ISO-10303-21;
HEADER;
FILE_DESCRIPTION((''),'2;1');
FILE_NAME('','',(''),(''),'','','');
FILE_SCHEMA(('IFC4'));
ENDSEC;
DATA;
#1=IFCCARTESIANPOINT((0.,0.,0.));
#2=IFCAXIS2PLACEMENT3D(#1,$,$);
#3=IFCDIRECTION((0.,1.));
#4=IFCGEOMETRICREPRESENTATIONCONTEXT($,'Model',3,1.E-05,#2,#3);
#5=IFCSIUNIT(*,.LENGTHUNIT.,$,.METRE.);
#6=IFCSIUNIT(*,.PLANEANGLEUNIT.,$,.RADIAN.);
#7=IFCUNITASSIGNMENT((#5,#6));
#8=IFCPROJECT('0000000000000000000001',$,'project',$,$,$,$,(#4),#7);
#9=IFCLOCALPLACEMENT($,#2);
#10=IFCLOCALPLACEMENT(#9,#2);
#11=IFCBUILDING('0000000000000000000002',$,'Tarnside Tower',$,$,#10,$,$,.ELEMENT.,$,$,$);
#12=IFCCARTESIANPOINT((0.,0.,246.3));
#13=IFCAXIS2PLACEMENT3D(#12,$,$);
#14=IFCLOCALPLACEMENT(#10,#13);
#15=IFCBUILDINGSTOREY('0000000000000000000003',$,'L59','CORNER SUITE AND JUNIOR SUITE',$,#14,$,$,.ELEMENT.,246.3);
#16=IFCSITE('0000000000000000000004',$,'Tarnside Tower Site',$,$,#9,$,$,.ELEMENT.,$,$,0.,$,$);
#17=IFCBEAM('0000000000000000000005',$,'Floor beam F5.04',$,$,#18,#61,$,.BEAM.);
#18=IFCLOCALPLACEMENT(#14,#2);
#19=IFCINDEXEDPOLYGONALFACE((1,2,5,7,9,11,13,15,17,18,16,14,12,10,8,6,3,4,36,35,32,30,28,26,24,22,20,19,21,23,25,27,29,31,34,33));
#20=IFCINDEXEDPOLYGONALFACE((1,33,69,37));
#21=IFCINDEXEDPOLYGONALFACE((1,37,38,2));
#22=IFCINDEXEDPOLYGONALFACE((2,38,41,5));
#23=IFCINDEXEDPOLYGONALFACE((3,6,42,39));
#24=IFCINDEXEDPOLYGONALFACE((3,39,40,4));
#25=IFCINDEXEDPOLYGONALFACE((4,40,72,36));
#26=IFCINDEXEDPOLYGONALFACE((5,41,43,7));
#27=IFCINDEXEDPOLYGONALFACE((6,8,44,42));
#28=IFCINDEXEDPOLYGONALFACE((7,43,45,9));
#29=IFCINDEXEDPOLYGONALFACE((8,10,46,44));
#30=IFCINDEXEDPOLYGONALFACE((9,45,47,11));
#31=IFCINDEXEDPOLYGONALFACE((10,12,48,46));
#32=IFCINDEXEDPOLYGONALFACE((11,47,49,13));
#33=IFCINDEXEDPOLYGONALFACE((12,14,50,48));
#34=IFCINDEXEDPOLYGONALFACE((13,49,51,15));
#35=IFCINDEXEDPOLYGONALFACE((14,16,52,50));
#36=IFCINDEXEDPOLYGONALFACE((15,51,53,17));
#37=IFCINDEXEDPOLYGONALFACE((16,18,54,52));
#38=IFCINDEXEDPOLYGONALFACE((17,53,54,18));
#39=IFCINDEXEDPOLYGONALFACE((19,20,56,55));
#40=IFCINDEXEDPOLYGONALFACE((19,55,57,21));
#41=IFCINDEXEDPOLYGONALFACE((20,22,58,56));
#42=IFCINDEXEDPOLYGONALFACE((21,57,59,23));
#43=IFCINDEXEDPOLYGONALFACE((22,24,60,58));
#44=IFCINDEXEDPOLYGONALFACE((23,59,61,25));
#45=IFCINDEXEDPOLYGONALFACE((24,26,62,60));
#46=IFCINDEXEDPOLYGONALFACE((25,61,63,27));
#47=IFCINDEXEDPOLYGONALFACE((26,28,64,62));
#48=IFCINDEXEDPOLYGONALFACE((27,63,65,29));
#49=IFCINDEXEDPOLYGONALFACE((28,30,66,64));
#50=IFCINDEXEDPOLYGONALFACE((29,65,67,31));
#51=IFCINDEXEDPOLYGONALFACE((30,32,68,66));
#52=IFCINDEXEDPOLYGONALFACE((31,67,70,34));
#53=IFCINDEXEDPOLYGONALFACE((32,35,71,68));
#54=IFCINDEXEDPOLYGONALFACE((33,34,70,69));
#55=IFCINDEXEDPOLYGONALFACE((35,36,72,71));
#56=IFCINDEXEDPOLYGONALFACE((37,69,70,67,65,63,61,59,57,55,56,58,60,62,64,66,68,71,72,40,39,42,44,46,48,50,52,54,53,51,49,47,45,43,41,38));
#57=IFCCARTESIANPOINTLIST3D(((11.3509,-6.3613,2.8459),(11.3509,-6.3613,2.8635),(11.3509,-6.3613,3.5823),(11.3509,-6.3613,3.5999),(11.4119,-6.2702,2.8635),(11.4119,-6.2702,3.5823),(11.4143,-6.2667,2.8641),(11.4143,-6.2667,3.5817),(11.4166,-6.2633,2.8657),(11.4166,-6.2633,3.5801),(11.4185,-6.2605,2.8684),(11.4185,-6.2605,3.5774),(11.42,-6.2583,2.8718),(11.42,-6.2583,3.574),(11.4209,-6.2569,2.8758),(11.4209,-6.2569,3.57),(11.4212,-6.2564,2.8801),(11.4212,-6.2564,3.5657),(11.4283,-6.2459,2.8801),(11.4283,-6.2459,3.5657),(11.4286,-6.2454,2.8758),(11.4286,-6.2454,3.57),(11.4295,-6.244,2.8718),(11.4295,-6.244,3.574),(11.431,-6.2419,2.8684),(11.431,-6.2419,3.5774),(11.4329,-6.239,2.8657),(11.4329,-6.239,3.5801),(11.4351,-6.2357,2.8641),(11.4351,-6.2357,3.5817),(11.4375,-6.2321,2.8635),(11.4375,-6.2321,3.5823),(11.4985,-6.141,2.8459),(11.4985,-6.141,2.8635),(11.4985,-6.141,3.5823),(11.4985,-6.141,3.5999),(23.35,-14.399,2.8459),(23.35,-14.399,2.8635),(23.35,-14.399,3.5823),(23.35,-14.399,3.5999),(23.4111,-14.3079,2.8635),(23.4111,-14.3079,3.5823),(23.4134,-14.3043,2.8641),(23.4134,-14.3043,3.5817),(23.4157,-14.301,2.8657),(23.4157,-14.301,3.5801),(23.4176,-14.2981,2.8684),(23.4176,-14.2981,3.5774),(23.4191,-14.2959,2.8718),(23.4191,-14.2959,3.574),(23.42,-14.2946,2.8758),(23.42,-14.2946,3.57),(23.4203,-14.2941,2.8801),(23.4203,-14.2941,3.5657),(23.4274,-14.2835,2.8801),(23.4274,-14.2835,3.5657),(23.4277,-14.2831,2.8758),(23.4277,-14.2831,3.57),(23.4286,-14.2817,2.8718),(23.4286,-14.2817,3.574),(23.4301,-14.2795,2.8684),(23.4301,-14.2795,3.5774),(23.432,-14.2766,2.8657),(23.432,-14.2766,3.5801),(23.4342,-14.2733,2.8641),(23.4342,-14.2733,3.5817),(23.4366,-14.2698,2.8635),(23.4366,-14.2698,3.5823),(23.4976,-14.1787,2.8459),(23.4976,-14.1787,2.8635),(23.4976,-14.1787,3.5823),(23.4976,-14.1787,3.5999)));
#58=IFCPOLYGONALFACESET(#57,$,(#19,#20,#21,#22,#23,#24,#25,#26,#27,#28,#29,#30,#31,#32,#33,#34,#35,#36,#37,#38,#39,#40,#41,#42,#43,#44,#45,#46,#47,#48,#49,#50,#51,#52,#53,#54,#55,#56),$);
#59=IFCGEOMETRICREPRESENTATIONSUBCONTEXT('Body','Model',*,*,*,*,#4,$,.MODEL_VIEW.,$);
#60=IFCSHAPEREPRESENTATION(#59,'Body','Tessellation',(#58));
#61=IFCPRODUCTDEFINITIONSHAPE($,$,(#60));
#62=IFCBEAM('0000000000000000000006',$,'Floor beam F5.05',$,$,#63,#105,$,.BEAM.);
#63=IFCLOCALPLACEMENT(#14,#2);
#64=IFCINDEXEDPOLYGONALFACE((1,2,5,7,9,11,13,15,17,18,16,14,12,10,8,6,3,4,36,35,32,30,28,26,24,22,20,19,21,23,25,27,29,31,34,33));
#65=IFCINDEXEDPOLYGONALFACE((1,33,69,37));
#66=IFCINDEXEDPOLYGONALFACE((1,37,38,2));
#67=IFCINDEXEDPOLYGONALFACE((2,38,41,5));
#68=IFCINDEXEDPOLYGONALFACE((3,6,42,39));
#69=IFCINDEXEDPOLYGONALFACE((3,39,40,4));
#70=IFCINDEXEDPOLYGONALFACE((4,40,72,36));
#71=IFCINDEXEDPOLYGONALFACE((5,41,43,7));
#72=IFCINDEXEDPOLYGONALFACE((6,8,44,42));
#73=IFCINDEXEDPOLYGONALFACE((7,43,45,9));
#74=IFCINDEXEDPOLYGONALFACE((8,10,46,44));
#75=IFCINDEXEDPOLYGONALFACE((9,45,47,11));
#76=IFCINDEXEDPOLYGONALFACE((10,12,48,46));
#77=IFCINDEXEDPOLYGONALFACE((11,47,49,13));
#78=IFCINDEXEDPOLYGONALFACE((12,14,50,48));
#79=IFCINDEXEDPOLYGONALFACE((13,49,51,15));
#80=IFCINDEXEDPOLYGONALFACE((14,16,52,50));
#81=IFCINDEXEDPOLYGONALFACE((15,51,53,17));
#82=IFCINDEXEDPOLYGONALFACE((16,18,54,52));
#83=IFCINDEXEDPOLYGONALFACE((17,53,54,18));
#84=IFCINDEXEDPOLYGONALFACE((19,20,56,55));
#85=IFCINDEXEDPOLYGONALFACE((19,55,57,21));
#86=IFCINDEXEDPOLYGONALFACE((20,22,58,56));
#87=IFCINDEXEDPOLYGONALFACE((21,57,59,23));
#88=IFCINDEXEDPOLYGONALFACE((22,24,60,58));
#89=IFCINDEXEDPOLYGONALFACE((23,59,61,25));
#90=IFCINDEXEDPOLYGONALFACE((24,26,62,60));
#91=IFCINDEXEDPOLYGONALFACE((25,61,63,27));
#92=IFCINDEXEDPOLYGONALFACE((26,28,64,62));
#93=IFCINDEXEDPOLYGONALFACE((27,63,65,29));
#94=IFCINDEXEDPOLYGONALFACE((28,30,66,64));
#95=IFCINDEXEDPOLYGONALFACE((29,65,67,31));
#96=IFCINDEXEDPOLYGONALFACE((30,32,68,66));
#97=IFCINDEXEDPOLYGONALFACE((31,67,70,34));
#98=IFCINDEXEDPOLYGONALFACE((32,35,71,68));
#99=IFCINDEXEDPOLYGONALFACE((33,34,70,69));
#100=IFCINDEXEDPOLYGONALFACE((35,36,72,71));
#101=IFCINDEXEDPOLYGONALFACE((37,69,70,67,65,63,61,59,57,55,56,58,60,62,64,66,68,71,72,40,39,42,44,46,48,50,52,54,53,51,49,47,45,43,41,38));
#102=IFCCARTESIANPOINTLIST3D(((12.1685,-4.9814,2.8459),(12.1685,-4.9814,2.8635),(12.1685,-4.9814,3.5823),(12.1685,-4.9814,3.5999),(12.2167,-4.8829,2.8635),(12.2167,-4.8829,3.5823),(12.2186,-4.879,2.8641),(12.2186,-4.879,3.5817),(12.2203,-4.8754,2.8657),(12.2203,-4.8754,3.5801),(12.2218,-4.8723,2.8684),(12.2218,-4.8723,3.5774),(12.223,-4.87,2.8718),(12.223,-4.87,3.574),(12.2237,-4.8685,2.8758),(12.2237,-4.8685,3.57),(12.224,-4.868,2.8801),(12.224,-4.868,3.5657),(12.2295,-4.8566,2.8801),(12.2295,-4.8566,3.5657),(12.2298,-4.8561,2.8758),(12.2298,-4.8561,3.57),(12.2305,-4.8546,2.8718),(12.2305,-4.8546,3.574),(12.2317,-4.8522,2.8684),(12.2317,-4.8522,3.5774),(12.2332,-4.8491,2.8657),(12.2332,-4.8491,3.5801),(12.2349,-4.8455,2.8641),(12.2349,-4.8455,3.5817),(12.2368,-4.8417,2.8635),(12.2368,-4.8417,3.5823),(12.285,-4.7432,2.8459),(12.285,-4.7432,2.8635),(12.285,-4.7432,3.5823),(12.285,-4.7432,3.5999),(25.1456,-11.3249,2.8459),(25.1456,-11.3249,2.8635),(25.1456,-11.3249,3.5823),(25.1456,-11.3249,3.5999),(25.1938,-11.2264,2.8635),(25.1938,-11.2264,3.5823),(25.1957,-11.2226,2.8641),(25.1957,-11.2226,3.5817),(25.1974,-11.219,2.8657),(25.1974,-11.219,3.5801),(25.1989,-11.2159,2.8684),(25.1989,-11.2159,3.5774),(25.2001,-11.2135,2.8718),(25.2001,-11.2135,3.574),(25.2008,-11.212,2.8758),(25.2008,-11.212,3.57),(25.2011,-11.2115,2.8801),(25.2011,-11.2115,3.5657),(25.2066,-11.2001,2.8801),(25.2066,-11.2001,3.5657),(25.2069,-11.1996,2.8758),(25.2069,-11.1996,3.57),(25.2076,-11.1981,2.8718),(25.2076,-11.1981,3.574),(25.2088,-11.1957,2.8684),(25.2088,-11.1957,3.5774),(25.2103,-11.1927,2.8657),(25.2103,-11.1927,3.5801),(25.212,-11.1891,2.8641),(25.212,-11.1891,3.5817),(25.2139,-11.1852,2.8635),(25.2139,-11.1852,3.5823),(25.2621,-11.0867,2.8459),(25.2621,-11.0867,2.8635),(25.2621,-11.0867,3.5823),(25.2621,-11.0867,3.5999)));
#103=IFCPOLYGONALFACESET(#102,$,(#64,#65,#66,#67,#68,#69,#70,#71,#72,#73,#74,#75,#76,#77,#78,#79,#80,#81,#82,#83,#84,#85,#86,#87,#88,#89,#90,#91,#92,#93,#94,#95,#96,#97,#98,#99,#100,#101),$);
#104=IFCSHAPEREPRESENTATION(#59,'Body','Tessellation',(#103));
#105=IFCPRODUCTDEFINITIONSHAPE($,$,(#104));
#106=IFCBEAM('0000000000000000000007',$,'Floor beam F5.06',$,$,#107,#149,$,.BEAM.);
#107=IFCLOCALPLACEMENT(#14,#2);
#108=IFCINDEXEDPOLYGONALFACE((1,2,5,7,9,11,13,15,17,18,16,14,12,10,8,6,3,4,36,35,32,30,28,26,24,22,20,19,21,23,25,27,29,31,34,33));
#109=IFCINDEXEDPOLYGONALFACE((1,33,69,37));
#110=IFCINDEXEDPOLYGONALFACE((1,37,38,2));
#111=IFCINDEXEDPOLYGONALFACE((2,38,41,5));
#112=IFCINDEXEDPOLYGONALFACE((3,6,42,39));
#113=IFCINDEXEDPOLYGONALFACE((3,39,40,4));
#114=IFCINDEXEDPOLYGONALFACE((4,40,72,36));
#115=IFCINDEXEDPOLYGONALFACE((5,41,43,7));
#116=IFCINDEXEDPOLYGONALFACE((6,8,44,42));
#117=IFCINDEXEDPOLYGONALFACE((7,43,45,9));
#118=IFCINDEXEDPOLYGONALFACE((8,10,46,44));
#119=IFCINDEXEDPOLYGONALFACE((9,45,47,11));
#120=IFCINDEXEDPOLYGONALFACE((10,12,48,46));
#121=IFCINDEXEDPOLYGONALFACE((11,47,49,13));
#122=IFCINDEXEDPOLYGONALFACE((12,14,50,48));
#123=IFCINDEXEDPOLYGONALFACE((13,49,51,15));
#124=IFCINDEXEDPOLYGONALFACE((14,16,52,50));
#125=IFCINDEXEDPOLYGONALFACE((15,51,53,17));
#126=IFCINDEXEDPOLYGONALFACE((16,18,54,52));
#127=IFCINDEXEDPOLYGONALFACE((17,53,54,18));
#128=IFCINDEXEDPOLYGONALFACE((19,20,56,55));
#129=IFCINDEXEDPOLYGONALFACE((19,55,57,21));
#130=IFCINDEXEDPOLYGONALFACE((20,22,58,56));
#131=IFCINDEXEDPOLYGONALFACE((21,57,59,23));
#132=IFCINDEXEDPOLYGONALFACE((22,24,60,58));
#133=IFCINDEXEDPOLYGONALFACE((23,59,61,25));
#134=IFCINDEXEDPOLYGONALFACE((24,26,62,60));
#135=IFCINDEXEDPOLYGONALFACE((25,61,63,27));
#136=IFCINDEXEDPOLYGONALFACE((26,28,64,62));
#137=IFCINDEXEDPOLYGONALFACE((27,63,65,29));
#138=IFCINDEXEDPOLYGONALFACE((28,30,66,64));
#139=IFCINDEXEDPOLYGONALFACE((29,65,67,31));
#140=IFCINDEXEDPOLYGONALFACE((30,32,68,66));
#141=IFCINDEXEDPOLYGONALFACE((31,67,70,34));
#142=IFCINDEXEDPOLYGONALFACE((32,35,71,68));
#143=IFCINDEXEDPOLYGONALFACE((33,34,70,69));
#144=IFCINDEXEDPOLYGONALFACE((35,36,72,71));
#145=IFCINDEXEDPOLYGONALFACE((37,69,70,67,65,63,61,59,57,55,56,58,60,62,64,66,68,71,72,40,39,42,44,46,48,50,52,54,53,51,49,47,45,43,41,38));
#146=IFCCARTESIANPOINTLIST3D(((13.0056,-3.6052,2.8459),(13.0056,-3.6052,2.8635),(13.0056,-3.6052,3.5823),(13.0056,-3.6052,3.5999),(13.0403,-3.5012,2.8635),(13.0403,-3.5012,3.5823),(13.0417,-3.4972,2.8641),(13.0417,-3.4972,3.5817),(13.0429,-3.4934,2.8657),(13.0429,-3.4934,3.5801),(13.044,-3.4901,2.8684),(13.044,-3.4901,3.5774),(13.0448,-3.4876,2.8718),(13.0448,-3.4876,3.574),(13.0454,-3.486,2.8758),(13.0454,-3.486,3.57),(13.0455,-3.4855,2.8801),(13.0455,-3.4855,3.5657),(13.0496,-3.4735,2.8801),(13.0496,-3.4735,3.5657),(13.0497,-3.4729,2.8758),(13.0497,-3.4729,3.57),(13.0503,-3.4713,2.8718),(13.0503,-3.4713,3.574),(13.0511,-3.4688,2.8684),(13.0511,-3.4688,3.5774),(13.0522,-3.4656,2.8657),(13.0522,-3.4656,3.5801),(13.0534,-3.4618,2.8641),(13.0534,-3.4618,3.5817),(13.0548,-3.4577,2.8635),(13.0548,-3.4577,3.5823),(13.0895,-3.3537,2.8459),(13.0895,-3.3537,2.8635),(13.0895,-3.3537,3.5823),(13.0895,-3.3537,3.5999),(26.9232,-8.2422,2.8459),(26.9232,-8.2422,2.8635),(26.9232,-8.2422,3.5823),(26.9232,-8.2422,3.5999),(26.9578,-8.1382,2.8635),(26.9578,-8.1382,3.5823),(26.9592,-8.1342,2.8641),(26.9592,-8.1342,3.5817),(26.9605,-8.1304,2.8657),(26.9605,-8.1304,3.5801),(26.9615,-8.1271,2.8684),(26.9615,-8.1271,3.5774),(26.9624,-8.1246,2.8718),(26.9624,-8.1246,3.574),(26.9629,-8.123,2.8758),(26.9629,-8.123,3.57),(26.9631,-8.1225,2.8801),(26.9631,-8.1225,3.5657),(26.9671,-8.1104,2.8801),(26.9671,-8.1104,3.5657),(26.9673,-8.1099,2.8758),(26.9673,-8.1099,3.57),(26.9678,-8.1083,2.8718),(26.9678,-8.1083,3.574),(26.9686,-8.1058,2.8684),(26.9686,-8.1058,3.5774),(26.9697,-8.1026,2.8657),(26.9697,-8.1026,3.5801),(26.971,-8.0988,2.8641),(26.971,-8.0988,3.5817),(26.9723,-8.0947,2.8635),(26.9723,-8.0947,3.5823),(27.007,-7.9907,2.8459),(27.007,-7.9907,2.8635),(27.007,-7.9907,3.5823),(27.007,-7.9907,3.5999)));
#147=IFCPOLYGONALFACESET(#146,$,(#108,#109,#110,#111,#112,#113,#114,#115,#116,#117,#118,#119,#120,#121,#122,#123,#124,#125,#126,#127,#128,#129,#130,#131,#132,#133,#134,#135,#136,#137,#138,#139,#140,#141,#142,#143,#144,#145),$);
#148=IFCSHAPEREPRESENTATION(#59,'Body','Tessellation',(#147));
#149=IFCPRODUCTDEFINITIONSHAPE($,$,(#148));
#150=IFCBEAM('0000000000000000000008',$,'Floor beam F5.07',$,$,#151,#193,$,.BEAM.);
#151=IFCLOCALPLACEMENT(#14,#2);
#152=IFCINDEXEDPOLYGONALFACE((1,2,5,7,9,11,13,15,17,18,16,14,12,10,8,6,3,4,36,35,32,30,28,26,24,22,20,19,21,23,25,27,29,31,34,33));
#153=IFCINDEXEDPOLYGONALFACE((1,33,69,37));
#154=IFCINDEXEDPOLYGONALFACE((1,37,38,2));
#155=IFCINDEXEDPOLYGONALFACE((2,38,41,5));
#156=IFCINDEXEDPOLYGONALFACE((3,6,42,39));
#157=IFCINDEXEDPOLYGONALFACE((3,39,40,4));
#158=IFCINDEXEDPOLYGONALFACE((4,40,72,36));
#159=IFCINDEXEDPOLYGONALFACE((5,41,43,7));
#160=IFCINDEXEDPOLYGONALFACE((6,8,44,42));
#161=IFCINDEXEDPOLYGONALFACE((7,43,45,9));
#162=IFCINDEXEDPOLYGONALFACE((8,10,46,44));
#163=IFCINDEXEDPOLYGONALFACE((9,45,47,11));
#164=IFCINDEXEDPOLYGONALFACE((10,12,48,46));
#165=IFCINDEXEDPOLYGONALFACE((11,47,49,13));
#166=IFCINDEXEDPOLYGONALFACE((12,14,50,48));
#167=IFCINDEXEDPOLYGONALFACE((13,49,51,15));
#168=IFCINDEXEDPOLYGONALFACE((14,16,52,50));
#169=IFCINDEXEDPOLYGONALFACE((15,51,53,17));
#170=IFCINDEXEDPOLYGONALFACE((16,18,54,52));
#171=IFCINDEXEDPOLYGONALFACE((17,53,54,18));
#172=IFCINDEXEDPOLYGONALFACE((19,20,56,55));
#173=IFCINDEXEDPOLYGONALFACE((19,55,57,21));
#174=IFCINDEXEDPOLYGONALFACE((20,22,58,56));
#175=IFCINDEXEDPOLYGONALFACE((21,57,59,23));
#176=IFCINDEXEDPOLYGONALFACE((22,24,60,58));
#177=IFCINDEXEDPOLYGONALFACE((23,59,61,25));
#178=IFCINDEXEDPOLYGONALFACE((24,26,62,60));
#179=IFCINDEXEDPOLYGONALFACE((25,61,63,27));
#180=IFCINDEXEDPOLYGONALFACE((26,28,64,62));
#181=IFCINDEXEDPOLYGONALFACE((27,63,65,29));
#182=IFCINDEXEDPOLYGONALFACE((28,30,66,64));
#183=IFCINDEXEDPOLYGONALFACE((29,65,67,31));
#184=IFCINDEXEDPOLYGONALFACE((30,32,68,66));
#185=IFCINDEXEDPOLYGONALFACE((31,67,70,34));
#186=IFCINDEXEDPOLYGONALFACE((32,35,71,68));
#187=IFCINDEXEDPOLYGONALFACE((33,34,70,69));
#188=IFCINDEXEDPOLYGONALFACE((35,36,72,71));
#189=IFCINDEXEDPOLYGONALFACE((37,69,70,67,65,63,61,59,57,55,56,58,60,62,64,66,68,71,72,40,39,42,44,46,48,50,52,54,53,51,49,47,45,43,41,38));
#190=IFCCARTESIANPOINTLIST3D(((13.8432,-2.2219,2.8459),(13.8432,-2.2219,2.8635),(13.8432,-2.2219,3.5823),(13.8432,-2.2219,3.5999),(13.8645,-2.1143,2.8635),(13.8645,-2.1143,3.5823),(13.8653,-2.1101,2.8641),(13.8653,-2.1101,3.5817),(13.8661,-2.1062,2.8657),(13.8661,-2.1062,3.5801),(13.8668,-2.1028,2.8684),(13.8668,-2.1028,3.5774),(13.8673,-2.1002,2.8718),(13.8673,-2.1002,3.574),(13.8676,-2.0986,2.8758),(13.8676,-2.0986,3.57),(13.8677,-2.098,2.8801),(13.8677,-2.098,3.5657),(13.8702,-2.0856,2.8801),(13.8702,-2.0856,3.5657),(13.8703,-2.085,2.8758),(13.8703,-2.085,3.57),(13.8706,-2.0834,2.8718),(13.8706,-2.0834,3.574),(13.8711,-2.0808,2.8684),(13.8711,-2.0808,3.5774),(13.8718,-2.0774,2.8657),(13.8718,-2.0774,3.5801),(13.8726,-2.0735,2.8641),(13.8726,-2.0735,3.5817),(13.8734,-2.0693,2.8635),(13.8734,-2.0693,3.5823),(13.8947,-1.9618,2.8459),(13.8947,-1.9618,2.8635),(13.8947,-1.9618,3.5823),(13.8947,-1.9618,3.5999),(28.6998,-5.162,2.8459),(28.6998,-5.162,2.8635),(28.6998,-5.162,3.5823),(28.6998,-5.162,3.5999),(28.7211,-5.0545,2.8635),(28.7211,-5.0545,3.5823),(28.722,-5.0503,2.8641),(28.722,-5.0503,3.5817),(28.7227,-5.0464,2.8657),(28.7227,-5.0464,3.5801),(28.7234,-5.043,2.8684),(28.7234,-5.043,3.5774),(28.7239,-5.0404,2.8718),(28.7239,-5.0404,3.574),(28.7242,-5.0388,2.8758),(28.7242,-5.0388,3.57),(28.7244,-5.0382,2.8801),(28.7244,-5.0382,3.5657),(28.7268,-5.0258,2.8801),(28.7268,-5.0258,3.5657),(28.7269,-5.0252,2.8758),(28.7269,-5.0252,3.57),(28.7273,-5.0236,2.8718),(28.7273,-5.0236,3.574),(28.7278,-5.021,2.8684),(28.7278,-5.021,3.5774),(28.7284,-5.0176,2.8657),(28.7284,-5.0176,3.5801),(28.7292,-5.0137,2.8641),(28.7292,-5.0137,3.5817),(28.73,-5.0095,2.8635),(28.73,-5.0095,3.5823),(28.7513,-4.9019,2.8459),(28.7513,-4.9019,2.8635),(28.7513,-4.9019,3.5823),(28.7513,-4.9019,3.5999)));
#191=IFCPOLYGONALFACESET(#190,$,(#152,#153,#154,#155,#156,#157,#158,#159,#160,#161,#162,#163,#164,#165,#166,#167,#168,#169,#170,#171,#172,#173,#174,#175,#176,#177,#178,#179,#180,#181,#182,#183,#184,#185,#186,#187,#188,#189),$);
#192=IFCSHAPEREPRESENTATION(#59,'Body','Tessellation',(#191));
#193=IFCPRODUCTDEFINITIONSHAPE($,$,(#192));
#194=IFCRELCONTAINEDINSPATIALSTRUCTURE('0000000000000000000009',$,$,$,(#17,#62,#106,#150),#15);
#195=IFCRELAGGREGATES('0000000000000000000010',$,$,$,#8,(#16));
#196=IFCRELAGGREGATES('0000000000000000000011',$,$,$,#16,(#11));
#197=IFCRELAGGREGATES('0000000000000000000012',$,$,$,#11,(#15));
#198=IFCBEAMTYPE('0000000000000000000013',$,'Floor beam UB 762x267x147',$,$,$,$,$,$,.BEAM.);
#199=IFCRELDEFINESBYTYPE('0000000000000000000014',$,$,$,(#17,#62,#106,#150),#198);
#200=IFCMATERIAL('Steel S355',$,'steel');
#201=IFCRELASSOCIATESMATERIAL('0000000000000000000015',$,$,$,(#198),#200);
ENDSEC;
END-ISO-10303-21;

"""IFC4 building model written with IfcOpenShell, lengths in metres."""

from ifc_helpers import new_model, si_unit, direction, frame, origin, origin_2d, place, context, subcontext, project, spatial, i_section, extrude, material, material_profile, profile_set, type_object, element, save


model = new_model("IFC4")

# Units and contexts
model_context = context("Model", 3, precision=1e-05, world=origin(), true_north=direction((0.0, 1.0)))
body_context = subcontext(model_context, "Body", "Model", "MODEL_VIEW")
ifc_project = project(units=[si_unit("LENGTHUNIT", "METRE"), si_unit("PLANEANGLEUNIT", "RADIAN")], contexts=[model_context])

# Site, building, storey
site_placement = place(None, origin())
site = spatial("IfcSite", under=ifc_project, at=site_placement, Name="Tarnside Tower Site", CompositionType="ELEMENT", RefElevation=0.0)
building_placement = place(site_placement, origin())
building = spatial("IfcBuilding", under=site, at=building_placement, Name="Tarnside Tower", CompositionType="ELEMENT")
storey_placement = place(building_placement, frame((0.0, 0.0, 246.3)))
storey = spatial("IfcBuildingStorey", under=building, at=storey_placement, Name="L59", Description="CORNER SUITE AND JUNIOR SUITE", CompositionType="ELEMENT", Elevation=246.3)

# Beams
ifc_material_1 = material(Name="Steel S355", Category="steel")
ifc_material_profile_1 = material_profile(ifc_material_1, i_section(OverallWidth=0.2651, OverallDepth=0.7539, WebThickness=0.0127, FlangeThickness=0.0176, FilletRadius=0.0166, at=origin_2d()), Name="UB 762x267x147")
ifc_profile_set_1 = profile_set([ifc_material_profile_1], Name="Steel S355")
beam_type_1 = type_object("IfcBeamType", Name="Floor beam UB 762x267x147", PredefinedType="BEAM", material=ifc_profile_set_1)
beam_1_placement = place(storey_placement, frame((23.4238, -14.2888, 3.2229), z_axis=(-0.830826, 0.556532, 0.0), x_axis=(-0.556532, -0.830826, 0.0)))
element("IfcBeam", 1, at=beam_1_placement, inside=storey, type_object=beam_type_1, Name="Floor beam F5.04", PredefinedType="BEAM", context=body_context, shape_type="SweptSolid", body=[
    extrude(i_section(OverallWidth=0.2651, OverallDepth=0.7539, WebThickness=0.0127, FlangeThickness=0.0176, FilletRadius=0.0166, at=origin_2d()), origin(), (0.0, 0.0, 1.0), 14.4424),
])
beam_2_placement = place(storey_placement, frame((25.2039, -11.2058, 3.2229), z_axis=(-0.898407, 0.439164, 0.0), x_axis=(-0.439164, -0.898407, 0.0)))
element("IfcBeam", 2, at=beam_2_placement, inside=storey, type_object=beam_type_1, Name="Floor beam F5.05", PredefinedType="BEAM", context=body_context, shape_type="SweptSolid", body=[
    extrude(i_section(OverallWidth=0.2651, OverallDepth=0.7539, WebThickness=0.0127, FlangeThickness=0.0176, FilletRadius=0.0166, at=origin_2d()), origin(), (0.0, 0.0, 1.0), 14.4446),
])
beam_3_placement = place(storey_placement, frame((26.9651, -8.1165, 3.2229), z_axis=(-0.948728, 0.316093, 0.0), x_axis=(-0.316093, -0.948728, 0.0)))
element("IfcBeam", 3, at=beam_3_placement, inside=storey, type_object=beam_type_1, Name="Floor beam F5.06", PredefinedType="BEAM", context=body_context, shape_type="SweptSolid", body=[
    extrude(i_section(OverallWidth=0.2651, OverallDepth=0.7539, WebThickness=0.0127, FlangeThickness=0.0176, FilletRadius=0.0166, at=origin_2d()), origin(), (0.0, 0.0, 1.0), 14.6697),
])
beam_4_placement = place(storey_placement, frame((28.7256, -5.032, 3.2229), z_axis=(-0.980974, 0.194138, 0.0), x_axis=(-0.194138, -0.980974, 0.0)))
element("IfcBeam", 4, at=beam_4_placement, inside=storey, type_object=beam_type_1, Name="Floor beam F5.07", PredefinedType="BEAM", context=body_context, shape_type="SweptSolid", body=[
    extrude(i_section(OverallWidth=0.2651, OverallDepth=0.7539, WebThickness=0.0127, FlangeThickness=0.0176, FilletRadius=0.0166, at=origin_2d()), origin(), (0.0, 0.0, 1.0), 15.1448),
])

save(model, "model.ifc")
